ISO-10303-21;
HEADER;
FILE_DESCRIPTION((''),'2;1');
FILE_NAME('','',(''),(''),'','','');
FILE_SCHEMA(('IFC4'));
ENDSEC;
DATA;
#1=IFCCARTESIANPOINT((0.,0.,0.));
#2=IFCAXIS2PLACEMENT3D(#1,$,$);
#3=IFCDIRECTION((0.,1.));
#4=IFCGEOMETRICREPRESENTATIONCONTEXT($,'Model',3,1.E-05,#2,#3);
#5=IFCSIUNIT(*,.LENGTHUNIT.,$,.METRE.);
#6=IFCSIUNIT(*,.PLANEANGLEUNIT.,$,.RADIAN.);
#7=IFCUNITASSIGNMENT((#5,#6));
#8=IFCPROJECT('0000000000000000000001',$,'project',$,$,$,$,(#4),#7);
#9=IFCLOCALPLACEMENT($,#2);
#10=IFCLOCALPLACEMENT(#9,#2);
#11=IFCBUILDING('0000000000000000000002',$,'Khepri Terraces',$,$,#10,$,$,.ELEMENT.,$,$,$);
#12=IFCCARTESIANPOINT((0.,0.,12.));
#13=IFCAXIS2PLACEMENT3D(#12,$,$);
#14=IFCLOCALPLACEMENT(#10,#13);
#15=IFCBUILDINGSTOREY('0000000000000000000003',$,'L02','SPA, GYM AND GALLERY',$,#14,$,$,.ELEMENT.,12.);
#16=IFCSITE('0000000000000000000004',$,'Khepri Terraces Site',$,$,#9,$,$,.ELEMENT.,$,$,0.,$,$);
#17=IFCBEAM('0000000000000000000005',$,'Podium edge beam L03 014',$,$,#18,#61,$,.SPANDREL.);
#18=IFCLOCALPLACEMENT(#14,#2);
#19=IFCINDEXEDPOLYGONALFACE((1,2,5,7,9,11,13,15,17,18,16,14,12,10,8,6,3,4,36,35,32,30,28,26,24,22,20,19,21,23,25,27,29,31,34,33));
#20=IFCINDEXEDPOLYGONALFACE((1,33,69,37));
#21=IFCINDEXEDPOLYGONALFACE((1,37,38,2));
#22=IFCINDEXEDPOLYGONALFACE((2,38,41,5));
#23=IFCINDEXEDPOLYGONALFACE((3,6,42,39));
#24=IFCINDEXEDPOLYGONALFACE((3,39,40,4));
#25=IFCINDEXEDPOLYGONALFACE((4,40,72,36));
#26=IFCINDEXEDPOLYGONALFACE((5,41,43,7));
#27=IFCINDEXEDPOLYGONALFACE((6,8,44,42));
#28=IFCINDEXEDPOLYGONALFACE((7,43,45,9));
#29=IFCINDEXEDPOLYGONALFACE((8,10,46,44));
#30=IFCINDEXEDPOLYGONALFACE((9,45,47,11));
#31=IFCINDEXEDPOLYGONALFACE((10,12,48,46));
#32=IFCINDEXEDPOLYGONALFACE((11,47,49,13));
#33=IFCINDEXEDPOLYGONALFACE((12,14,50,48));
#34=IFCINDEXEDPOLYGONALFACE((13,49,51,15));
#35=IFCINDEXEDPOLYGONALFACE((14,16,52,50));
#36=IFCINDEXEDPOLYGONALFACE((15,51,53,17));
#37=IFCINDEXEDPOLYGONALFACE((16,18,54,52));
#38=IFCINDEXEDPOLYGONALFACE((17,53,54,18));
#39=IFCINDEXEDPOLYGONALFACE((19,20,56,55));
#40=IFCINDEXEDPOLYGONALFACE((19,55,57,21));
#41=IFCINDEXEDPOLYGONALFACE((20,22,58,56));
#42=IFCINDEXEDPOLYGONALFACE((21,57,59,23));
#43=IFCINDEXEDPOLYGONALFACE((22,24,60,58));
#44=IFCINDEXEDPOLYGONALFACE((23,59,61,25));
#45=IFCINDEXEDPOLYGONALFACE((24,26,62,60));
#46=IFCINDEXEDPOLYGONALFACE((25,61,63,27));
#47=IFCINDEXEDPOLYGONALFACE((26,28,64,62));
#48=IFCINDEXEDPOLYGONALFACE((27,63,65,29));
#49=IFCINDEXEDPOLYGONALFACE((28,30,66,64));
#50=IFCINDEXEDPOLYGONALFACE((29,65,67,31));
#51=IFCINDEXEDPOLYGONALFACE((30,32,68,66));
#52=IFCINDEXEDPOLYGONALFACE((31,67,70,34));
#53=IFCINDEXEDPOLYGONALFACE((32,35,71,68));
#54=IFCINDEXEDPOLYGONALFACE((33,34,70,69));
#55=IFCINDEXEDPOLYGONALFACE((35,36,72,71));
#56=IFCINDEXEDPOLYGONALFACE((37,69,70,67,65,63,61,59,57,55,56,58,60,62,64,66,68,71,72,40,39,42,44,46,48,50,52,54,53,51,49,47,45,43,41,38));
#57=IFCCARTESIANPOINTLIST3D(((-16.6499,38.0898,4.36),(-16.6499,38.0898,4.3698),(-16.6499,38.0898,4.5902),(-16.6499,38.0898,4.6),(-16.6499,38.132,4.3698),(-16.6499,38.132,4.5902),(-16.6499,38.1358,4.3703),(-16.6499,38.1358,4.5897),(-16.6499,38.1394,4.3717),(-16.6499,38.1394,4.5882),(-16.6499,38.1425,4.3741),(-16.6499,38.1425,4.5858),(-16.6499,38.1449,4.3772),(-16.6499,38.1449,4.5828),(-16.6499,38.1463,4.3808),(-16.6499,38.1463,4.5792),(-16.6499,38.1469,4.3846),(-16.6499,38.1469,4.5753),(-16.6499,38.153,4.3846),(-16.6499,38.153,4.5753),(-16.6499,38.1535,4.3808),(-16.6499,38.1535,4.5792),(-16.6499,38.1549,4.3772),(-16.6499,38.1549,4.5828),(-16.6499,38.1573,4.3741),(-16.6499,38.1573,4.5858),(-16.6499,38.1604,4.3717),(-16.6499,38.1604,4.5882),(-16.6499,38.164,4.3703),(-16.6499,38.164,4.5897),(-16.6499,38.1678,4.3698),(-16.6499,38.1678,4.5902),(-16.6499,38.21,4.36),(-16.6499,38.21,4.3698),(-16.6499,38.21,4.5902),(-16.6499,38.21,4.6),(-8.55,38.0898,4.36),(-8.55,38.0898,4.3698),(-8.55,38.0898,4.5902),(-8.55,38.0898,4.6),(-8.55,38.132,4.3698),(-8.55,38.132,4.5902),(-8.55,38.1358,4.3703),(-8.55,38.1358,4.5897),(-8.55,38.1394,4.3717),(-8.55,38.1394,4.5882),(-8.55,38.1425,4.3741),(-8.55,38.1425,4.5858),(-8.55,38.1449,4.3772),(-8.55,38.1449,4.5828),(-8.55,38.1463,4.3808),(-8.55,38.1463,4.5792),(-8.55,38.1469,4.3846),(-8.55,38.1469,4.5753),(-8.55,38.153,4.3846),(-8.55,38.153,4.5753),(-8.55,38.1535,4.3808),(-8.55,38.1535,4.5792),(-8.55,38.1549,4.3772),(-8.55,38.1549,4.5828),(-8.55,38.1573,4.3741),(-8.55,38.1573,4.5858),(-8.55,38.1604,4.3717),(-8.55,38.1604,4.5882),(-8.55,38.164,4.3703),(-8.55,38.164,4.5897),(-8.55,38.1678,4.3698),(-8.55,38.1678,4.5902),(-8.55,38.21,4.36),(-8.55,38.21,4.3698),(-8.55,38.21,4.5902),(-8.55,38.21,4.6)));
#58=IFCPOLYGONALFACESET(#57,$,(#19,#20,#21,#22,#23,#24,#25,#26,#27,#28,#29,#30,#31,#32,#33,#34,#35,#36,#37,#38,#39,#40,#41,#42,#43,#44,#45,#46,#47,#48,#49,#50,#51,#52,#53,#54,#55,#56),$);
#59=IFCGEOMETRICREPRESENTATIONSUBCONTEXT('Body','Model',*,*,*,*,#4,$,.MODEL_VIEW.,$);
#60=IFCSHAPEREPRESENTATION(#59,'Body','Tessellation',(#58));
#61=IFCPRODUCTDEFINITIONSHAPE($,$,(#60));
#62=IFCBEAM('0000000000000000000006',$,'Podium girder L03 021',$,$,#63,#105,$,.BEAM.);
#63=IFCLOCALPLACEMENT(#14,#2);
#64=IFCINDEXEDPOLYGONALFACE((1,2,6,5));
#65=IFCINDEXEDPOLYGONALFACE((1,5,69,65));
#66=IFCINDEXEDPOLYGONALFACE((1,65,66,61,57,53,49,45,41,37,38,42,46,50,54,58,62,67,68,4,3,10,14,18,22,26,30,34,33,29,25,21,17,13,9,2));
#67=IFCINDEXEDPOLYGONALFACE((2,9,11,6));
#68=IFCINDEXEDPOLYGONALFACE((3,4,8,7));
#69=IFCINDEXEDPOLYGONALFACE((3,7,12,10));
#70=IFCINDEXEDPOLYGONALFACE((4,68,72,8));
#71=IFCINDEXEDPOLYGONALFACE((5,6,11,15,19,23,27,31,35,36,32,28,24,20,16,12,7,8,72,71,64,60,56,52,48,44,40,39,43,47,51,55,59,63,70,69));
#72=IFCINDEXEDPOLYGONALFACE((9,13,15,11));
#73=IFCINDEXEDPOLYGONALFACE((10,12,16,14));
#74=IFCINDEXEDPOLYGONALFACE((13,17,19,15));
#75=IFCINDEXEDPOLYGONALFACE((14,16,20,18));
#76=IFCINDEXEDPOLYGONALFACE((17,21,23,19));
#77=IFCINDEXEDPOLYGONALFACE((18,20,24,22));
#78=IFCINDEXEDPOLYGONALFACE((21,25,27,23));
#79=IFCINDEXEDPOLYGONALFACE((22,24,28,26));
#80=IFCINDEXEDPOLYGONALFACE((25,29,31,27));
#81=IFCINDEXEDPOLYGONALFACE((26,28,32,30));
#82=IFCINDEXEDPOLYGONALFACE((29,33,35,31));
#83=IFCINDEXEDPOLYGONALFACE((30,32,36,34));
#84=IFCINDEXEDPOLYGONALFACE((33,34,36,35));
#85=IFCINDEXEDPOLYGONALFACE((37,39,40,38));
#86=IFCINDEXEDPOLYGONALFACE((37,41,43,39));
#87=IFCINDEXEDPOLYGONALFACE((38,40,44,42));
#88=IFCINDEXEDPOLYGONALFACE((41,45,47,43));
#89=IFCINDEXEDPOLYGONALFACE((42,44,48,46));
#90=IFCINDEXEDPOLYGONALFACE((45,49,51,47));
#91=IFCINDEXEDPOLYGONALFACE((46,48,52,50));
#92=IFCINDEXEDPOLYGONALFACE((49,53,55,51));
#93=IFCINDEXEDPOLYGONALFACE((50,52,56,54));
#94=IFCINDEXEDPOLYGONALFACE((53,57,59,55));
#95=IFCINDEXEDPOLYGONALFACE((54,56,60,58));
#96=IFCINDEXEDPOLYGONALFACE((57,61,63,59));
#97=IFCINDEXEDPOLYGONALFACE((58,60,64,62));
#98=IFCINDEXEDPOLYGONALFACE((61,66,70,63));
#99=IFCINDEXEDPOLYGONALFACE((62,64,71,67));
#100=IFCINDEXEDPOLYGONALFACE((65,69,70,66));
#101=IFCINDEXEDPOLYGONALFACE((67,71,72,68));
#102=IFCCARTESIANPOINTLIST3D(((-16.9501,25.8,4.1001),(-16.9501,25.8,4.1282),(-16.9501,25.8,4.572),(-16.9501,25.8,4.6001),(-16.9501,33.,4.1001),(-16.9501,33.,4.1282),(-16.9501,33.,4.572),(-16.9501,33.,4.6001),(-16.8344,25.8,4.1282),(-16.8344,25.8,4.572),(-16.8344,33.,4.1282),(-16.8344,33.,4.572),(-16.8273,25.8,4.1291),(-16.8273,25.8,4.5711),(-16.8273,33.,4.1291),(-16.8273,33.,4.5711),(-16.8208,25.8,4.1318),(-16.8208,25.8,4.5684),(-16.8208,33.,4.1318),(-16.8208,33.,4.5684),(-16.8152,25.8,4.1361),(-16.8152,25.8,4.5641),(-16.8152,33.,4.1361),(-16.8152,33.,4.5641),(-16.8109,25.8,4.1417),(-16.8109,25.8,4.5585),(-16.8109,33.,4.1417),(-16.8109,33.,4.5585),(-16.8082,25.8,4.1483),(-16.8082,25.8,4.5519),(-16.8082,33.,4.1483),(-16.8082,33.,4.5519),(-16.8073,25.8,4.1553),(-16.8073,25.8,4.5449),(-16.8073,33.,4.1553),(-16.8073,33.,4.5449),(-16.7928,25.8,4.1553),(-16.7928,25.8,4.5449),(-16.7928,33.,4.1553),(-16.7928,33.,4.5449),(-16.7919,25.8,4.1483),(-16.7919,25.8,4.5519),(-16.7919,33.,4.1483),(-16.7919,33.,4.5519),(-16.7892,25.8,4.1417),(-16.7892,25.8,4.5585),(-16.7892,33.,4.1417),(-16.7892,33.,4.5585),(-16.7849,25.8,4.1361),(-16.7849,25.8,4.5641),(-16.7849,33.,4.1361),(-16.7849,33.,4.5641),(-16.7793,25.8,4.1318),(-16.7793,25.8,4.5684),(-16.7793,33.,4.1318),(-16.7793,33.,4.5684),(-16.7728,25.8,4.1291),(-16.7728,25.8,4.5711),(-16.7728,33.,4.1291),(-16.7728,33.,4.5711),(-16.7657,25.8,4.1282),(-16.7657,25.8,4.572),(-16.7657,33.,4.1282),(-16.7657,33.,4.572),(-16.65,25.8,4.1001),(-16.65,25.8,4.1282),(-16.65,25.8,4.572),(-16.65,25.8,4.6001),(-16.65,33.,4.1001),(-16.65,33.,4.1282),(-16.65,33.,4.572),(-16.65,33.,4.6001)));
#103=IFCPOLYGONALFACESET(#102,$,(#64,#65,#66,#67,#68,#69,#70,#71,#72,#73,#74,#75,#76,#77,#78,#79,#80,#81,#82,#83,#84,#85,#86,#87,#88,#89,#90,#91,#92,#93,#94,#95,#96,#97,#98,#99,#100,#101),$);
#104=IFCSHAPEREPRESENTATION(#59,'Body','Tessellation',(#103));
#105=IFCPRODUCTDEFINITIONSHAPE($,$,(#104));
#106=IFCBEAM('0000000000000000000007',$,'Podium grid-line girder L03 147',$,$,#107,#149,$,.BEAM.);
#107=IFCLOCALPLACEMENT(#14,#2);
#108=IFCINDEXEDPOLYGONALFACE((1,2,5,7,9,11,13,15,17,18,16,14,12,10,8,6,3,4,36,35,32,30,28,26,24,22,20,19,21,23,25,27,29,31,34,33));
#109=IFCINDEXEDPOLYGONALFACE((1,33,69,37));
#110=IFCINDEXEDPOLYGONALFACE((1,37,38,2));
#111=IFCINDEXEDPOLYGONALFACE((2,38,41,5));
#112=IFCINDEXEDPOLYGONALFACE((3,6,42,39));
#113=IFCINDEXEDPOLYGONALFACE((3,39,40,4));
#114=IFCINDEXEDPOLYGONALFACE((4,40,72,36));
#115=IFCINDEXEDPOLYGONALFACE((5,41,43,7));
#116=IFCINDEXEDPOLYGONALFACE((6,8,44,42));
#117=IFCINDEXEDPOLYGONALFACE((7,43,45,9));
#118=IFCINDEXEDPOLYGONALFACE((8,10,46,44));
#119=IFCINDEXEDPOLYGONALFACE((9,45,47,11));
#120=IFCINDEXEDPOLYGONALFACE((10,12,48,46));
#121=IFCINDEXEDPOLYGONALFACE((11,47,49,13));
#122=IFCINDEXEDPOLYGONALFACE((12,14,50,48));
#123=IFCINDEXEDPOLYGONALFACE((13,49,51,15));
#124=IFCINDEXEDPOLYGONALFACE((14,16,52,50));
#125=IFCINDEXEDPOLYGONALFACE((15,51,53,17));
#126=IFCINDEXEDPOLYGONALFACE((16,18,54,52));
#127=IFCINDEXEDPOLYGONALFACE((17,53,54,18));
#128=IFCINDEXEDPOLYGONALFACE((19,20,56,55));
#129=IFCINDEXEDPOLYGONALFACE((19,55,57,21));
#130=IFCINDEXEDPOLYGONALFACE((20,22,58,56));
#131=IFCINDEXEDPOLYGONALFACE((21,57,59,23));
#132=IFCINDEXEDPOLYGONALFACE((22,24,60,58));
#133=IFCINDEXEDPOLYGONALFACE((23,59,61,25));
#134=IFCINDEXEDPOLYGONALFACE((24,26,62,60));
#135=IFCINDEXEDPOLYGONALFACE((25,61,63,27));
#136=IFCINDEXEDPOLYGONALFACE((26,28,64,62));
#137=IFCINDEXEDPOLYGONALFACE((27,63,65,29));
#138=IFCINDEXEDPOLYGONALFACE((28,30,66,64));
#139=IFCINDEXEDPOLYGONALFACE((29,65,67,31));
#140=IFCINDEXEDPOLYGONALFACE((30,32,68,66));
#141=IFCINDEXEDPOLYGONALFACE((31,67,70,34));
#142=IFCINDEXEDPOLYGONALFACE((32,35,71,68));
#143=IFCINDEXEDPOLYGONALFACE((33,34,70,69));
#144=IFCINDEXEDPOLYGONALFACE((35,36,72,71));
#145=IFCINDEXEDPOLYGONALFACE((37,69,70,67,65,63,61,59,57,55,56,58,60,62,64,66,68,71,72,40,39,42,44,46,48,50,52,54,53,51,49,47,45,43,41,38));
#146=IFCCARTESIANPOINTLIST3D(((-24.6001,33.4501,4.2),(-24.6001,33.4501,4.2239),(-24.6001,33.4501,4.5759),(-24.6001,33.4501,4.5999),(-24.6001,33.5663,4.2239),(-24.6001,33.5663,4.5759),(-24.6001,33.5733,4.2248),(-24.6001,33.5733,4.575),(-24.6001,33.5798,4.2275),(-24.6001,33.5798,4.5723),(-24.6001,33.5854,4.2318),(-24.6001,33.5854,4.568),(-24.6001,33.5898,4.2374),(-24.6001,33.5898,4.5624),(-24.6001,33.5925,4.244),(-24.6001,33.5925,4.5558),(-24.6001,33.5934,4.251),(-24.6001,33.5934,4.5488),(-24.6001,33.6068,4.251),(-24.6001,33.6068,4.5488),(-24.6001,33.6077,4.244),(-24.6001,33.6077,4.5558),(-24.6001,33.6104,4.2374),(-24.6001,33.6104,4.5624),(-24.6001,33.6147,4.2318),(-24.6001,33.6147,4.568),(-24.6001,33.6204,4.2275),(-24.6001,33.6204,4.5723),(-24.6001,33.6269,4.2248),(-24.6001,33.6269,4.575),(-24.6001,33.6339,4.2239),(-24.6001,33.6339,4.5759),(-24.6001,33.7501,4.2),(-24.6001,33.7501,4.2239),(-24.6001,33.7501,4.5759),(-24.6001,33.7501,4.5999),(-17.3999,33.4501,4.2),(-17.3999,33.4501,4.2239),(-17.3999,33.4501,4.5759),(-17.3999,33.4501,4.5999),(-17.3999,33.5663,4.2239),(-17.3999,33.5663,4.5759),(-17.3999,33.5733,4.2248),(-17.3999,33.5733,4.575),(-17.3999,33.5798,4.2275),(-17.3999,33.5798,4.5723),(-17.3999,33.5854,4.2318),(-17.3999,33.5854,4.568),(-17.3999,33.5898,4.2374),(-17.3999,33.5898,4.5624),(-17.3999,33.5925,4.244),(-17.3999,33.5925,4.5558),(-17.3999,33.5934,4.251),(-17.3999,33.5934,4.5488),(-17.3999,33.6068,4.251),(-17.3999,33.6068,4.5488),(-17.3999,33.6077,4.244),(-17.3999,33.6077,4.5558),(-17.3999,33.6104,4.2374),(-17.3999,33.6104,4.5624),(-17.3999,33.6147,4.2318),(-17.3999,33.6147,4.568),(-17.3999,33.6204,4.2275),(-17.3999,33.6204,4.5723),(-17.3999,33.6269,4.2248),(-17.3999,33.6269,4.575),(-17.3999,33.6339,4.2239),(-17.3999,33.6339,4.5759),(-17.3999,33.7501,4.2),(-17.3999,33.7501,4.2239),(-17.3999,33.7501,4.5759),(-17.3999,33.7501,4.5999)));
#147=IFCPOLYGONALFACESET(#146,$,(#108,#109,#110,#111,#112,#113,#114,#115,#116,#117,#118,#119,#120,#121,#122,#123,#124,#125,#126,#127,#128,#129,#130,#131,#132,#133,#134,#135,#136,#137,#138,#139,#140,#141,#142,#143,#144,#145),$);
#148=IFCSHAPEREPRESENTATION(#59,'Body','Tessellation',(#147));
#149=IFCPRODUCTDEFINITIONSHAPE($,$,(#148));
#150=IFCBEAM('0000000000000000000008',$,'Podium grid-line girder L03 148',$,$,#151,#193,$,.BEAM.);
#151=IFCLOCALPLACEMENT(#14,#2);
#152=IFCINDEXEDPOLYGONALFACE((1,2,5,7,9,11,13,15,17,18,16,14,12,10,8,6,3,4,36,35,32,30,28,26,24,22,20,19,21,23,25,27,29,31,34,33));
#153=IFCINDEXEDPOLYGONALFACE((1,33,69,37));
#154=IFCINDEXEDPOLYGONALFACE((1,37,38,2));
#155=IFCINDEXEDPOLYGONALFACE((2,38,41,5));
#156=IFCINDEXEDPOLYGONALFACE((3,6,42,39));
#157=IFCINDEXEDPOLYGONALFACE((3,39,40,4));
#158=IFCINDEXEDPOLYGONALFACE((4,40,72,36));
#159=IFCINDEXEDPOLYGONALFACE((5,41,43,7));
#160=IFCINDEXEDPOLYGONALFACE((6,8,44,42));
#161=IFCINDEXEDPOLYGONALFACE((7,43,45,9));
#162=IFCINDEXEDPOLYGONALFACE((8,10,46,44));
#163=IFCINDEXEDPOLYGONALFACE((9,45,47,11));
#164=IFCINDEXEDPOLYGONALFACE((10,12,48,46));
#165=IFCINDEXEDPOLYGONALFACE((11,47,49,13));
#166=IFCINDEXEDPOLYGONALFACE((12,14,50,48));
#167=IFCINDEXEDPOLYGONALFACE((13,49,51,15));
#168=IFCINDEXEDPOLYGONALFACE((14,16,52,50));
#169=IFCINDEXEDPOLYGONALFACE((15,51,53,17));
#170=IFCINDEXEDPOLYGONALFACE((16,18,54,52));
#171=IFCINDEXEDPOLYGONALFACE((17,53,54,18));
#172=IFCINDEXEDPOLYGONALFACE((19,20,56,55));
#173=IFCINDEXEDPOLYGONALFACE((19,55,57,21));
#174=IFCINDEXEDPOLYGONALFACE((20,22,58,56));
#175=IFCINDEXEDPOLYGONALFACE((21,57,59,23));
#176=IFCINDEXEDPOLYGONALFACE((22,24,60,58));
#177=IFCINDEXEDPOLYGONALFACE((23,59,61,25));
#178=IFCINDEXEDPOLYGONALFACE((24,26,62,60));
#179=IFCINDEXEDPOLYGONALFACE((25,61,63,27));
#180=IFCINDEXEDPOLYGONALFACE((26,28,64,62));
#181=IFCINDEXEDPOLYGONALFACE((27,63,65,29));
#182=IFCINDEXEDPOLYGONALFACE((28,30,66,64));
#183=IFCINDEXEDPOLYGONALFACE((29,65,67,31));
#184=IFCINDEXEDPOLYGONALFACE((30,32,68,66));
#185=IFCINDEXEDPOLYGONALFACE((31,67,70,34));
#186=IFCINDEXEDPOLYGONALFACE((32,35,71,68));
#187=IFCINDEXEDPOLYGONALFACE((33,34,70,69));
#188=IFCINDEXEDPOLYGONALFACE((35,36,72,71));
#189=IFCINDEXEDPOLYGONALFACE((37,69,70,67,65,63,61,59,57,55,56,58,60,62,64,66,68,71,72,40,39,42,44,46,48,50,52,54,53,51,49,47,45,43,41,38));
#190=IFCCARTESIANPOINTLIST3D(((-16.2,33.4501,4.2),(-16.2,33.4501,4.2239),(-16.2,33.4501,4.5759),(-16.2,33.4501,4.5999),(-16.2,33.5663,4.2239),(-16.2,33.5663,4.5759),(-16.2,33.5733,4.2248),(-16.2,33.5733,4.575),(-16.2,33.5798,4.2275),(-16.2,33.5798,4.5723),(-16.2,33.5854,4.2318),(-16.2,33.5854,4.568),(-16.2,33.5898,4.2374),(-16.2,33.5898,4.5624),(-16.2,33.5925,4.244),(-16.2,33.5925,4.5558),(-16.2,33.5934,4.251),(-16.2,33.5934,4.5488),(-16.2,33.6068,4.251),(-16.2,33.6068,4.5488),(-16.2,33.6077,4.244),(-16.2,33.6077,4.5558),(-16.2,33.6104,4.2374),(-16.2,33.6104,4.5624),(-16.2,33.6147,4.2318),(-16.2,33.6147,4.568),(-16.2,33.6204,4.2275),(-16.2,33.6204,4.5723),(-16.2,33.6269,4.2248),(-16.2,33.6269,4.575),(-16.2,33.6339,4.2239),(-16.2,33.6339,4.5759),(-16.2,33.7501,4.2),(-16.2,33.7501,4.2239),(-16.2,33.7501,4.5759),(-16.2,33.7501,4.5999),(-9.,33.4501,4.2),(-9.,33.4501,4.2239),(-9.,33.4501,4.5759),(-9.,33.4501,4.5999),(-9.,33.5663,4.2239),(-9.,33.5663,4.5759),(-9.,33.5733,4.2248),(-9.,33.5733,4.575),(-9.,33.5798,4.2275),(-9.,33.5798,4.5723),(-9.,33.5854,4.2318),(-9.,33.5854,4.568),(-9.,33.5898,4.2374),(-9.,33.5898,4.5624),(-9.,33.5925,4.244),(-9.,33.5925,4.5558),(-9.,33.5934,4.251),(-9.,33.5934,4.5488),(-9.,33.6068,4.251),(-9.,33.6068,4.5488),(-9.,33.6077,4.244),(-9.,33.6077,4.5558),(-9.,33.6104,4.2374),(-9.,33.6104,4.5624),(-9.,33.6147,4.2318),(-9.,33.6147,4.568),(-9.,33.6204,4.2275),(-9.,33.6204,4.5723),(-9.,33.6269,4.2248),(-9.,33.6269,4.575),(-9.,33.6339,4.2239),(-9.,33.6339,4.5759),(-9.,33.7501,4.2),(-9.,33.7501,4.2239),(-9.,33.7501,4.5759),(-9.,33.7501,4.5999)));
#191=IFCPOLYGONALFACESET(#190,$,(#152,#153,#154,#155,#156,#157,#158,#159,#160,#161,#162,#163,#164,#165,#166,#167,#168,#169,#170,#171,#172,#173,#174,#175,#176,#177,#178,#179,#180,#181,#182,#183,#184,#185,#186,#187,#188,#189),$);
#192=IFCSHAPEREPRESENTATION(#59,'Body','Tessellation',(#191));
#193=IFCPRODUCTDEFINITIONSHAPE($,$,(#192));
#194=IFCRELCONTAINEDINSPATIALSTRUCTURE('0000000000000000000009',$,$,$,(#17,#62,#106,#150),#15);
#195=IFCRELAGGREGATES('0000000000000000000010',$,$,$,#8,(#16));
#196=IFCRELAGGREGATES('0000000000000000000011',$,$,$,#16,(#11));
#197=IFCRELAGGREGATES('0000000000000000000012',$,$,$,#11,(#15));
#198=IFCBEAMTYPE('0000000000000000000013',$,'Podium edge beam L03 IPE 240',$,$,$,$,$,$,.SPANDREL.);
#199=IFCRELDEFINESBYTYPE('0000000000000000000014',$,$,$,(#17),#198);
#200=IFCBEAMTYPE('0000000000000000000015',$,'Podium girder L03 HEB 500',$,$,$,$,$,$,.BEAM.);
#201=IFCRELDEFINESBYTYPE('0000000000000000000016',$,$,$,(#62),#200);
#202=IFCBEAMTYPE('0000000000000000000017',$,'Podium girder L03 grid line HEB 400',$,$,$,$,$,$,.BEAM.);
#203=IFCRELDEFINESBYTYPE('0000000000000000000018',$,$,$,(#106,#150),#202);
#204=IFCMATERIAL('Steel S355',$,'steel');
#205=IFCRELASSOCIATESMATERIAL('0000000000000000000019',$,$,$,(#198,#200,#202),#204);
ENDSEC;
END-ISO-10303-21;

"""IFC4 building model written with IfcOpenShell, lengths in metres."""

from ifc_helpers import new_model, si_unit, direction, frame, origin, origin_2d, place, context, subcontext, project, spatial, i_section, extrude, material, material_profile, profile_set, type_object, element, save


model = new_model("IFC4")

# Units and contexts
model_context = context("Model", 3, precision=1e-05, world=origin(), true_north=direction((0.0, 1.0)))
body_context = subcontext(model_context, "Body", "Model", "MODEL_VIEW")
ifc_project = project(units=[si_unit("LENGTHUNIT", "METRE"), si_unit("PLANEANGLEUNIT", "RADIAN")], contexts=[model_context])

# Site, building, storey
site_placement = place(None, origin())
site = spatial("IfcSite", under=ifc_project, at=site_placement, Name="Khepri Terraces Site", CompositionType="ELEMENT", RefElevation=0.0)
building_placement = place(site_placement, origin())
building = spatial("IfcBuilding", under=site, at=building_placement, Name="Khepri Terraces", CompositionType="ELEMENT")
storey_placement = place(building_placement, frame((0.0, 0.0, 12.0)))
storey = spatial("IfcBuildingStorey", under=building, at=storey_placement, Name="L02", Description="SPA, GYM AND GALLERY", CompositionType="ELEMENT", Elevation=12.0)

# Beams
ifc_material_1 = material(Name="Steel S355", Category="steel")
ifc_material_profile_1 = material_profile(ifc_material_1, i_section(OverallWidth=0.1201, OverallDepth=0.24, WebThickness=0.0061, FlangeThickness=0.0098, FilletRadius=0.0149, at=origin_2d()), Name="Steel S355", Category="steel")
ifc_profile_set_1 = profile_set([ifc_material_profile_1], Name="Steel S355")
beam_type_1 = type_object("IfcBeamType", Name="Podium edge beam L03 IPE 240", PredefinedType="SPANDREL", material=ifc_profile_set_1)
beam_1_placement = place(storey_placement, frame((-16.6499, 38.1499, 4.48), z_axis=(1.0, 0.0, 0.0), x_axis=(0.0, 1.0, 0.0)))
element("IfcBeam", 1, at=beam_1_placement, inside=storey, type_object=beam_type_1, Name="Podium edge beam L03 014", PredefinedType="SPANDREL", context=body_context, shape_type="SweptSolid", body=[
    extrude(i_section(OverallWidth=0.1201, OverallDepth=0.24, WebThickness=0.0061, FlangeThickness=0.0098, FilletRadius=0.0149, at=origin_2d()), origin(), (0.0, 0.0, 1.0), 8.0999),
])
ifc_material_profile_2 = material_profile(ifc_material_1, i_section(OverallWidth=0.3, OverallDepth=0.5, WebThickness=0.0144, FlangeThickness=0.0281, FilletRadius=0.0271, at=origin_2d()), Name="Steel S355", Category="steel")
ifc_profile_set_2 = profile_set([ifc_material_profile_2], Name="Steel S355")
beam_type_2 = type_object("IfcBeamType", Name="Podium girder L03 HEB 500", PredefinedType="BEAM", material=ifc_profile_set_2)
beam_2_placement = place(storey_placement, frame((-16.8, 25.8, 4.3501), z_axis=(0.0, 1.0, 0.0), x_axis=(-1.0, 0.0, 0.0)))
element("IfcBeam", 2, at=beam_2_placement, inside=storey, type_object=beam_type_2, Name="Podium girder L03 021", PredefinedType="BEAM", context=body_context, shape_type="SweptSolid", body=[
    extrude(i_section(OverallWidth=0.3, OverallDepth=0.5, WebThickness=0.0144, FlangeThickness=0.0281, FilletRadius=0.0271, at=origin_2d()), origin(), (0.0, 0.0, 1.0), 7.2),
])
ifc_material_profile_3 = material_profile(ifc_material_1, i_section(OverallWidth=0.3, OverallDepth=0.3999, WebThickness=0.0134, FlangeThickness=0.0239, FilletRadius=0.0271, at=origin_2d()), Name="Steel S355", Category="steel")
ifc_profile_set_3 = profile_set([ifc_material_profile_3], Name="Steel S355")
beam_type_3 = type_object("IfcBeamType", Name="Podium girder L03 grid line HEB 400", PredefinedType="BEAM", material=ifc_profile_set_3)
beam_3_placement = place(storey_placement, frame((-24.6001, 33.6001, 4.3999), z_axis=(1.0, 0.0, 0.0), x_axis=(0.0, 1.0, 0.0)))
element("IfcBeam", 3, at=beam_3_placement, inside=storey, type_object=beam_type_3, Name="Podium grid-line girder L03 147", PredefinedType="BEAM", context=body_context, shape_type="SweptSolid", body=[
    extrude(i_section(OverallWidth=0.3, OverallDepth=0.3999, WebThickness=0.0134, FlangeThickness=0.0239, FilletRadius=0.0271, at=origin_2d()), origin(), (0.0, 0.0, 1.0), 7.2002),
])
beam_4_placement = place(storey_placement, frame((-16.2, 33.6001, 4.3999), z_axis=(1.0, 0.0, 0.0), x_axis=(0.0, 1.0, 0.0)))
element("IfcBeam", 4, at=beam_4_placement, inside=storey, type_object=beam_type_3, Name="Podium grid-line girder L03 148", PredefinedType="BEAM", context=body_context, shape_type="SweptSolid", body=[
    extrude(i_section(OverallWidth=0.3, OverallDepth=0.3999, WebThickness=0.0134, FlangeThickness=0.0239, FilletRadius=0.0271, at=origin_2d()), origin(), (0.0, 0.0, 1.0), 7.2),
])

save(model, "model.ifc")
